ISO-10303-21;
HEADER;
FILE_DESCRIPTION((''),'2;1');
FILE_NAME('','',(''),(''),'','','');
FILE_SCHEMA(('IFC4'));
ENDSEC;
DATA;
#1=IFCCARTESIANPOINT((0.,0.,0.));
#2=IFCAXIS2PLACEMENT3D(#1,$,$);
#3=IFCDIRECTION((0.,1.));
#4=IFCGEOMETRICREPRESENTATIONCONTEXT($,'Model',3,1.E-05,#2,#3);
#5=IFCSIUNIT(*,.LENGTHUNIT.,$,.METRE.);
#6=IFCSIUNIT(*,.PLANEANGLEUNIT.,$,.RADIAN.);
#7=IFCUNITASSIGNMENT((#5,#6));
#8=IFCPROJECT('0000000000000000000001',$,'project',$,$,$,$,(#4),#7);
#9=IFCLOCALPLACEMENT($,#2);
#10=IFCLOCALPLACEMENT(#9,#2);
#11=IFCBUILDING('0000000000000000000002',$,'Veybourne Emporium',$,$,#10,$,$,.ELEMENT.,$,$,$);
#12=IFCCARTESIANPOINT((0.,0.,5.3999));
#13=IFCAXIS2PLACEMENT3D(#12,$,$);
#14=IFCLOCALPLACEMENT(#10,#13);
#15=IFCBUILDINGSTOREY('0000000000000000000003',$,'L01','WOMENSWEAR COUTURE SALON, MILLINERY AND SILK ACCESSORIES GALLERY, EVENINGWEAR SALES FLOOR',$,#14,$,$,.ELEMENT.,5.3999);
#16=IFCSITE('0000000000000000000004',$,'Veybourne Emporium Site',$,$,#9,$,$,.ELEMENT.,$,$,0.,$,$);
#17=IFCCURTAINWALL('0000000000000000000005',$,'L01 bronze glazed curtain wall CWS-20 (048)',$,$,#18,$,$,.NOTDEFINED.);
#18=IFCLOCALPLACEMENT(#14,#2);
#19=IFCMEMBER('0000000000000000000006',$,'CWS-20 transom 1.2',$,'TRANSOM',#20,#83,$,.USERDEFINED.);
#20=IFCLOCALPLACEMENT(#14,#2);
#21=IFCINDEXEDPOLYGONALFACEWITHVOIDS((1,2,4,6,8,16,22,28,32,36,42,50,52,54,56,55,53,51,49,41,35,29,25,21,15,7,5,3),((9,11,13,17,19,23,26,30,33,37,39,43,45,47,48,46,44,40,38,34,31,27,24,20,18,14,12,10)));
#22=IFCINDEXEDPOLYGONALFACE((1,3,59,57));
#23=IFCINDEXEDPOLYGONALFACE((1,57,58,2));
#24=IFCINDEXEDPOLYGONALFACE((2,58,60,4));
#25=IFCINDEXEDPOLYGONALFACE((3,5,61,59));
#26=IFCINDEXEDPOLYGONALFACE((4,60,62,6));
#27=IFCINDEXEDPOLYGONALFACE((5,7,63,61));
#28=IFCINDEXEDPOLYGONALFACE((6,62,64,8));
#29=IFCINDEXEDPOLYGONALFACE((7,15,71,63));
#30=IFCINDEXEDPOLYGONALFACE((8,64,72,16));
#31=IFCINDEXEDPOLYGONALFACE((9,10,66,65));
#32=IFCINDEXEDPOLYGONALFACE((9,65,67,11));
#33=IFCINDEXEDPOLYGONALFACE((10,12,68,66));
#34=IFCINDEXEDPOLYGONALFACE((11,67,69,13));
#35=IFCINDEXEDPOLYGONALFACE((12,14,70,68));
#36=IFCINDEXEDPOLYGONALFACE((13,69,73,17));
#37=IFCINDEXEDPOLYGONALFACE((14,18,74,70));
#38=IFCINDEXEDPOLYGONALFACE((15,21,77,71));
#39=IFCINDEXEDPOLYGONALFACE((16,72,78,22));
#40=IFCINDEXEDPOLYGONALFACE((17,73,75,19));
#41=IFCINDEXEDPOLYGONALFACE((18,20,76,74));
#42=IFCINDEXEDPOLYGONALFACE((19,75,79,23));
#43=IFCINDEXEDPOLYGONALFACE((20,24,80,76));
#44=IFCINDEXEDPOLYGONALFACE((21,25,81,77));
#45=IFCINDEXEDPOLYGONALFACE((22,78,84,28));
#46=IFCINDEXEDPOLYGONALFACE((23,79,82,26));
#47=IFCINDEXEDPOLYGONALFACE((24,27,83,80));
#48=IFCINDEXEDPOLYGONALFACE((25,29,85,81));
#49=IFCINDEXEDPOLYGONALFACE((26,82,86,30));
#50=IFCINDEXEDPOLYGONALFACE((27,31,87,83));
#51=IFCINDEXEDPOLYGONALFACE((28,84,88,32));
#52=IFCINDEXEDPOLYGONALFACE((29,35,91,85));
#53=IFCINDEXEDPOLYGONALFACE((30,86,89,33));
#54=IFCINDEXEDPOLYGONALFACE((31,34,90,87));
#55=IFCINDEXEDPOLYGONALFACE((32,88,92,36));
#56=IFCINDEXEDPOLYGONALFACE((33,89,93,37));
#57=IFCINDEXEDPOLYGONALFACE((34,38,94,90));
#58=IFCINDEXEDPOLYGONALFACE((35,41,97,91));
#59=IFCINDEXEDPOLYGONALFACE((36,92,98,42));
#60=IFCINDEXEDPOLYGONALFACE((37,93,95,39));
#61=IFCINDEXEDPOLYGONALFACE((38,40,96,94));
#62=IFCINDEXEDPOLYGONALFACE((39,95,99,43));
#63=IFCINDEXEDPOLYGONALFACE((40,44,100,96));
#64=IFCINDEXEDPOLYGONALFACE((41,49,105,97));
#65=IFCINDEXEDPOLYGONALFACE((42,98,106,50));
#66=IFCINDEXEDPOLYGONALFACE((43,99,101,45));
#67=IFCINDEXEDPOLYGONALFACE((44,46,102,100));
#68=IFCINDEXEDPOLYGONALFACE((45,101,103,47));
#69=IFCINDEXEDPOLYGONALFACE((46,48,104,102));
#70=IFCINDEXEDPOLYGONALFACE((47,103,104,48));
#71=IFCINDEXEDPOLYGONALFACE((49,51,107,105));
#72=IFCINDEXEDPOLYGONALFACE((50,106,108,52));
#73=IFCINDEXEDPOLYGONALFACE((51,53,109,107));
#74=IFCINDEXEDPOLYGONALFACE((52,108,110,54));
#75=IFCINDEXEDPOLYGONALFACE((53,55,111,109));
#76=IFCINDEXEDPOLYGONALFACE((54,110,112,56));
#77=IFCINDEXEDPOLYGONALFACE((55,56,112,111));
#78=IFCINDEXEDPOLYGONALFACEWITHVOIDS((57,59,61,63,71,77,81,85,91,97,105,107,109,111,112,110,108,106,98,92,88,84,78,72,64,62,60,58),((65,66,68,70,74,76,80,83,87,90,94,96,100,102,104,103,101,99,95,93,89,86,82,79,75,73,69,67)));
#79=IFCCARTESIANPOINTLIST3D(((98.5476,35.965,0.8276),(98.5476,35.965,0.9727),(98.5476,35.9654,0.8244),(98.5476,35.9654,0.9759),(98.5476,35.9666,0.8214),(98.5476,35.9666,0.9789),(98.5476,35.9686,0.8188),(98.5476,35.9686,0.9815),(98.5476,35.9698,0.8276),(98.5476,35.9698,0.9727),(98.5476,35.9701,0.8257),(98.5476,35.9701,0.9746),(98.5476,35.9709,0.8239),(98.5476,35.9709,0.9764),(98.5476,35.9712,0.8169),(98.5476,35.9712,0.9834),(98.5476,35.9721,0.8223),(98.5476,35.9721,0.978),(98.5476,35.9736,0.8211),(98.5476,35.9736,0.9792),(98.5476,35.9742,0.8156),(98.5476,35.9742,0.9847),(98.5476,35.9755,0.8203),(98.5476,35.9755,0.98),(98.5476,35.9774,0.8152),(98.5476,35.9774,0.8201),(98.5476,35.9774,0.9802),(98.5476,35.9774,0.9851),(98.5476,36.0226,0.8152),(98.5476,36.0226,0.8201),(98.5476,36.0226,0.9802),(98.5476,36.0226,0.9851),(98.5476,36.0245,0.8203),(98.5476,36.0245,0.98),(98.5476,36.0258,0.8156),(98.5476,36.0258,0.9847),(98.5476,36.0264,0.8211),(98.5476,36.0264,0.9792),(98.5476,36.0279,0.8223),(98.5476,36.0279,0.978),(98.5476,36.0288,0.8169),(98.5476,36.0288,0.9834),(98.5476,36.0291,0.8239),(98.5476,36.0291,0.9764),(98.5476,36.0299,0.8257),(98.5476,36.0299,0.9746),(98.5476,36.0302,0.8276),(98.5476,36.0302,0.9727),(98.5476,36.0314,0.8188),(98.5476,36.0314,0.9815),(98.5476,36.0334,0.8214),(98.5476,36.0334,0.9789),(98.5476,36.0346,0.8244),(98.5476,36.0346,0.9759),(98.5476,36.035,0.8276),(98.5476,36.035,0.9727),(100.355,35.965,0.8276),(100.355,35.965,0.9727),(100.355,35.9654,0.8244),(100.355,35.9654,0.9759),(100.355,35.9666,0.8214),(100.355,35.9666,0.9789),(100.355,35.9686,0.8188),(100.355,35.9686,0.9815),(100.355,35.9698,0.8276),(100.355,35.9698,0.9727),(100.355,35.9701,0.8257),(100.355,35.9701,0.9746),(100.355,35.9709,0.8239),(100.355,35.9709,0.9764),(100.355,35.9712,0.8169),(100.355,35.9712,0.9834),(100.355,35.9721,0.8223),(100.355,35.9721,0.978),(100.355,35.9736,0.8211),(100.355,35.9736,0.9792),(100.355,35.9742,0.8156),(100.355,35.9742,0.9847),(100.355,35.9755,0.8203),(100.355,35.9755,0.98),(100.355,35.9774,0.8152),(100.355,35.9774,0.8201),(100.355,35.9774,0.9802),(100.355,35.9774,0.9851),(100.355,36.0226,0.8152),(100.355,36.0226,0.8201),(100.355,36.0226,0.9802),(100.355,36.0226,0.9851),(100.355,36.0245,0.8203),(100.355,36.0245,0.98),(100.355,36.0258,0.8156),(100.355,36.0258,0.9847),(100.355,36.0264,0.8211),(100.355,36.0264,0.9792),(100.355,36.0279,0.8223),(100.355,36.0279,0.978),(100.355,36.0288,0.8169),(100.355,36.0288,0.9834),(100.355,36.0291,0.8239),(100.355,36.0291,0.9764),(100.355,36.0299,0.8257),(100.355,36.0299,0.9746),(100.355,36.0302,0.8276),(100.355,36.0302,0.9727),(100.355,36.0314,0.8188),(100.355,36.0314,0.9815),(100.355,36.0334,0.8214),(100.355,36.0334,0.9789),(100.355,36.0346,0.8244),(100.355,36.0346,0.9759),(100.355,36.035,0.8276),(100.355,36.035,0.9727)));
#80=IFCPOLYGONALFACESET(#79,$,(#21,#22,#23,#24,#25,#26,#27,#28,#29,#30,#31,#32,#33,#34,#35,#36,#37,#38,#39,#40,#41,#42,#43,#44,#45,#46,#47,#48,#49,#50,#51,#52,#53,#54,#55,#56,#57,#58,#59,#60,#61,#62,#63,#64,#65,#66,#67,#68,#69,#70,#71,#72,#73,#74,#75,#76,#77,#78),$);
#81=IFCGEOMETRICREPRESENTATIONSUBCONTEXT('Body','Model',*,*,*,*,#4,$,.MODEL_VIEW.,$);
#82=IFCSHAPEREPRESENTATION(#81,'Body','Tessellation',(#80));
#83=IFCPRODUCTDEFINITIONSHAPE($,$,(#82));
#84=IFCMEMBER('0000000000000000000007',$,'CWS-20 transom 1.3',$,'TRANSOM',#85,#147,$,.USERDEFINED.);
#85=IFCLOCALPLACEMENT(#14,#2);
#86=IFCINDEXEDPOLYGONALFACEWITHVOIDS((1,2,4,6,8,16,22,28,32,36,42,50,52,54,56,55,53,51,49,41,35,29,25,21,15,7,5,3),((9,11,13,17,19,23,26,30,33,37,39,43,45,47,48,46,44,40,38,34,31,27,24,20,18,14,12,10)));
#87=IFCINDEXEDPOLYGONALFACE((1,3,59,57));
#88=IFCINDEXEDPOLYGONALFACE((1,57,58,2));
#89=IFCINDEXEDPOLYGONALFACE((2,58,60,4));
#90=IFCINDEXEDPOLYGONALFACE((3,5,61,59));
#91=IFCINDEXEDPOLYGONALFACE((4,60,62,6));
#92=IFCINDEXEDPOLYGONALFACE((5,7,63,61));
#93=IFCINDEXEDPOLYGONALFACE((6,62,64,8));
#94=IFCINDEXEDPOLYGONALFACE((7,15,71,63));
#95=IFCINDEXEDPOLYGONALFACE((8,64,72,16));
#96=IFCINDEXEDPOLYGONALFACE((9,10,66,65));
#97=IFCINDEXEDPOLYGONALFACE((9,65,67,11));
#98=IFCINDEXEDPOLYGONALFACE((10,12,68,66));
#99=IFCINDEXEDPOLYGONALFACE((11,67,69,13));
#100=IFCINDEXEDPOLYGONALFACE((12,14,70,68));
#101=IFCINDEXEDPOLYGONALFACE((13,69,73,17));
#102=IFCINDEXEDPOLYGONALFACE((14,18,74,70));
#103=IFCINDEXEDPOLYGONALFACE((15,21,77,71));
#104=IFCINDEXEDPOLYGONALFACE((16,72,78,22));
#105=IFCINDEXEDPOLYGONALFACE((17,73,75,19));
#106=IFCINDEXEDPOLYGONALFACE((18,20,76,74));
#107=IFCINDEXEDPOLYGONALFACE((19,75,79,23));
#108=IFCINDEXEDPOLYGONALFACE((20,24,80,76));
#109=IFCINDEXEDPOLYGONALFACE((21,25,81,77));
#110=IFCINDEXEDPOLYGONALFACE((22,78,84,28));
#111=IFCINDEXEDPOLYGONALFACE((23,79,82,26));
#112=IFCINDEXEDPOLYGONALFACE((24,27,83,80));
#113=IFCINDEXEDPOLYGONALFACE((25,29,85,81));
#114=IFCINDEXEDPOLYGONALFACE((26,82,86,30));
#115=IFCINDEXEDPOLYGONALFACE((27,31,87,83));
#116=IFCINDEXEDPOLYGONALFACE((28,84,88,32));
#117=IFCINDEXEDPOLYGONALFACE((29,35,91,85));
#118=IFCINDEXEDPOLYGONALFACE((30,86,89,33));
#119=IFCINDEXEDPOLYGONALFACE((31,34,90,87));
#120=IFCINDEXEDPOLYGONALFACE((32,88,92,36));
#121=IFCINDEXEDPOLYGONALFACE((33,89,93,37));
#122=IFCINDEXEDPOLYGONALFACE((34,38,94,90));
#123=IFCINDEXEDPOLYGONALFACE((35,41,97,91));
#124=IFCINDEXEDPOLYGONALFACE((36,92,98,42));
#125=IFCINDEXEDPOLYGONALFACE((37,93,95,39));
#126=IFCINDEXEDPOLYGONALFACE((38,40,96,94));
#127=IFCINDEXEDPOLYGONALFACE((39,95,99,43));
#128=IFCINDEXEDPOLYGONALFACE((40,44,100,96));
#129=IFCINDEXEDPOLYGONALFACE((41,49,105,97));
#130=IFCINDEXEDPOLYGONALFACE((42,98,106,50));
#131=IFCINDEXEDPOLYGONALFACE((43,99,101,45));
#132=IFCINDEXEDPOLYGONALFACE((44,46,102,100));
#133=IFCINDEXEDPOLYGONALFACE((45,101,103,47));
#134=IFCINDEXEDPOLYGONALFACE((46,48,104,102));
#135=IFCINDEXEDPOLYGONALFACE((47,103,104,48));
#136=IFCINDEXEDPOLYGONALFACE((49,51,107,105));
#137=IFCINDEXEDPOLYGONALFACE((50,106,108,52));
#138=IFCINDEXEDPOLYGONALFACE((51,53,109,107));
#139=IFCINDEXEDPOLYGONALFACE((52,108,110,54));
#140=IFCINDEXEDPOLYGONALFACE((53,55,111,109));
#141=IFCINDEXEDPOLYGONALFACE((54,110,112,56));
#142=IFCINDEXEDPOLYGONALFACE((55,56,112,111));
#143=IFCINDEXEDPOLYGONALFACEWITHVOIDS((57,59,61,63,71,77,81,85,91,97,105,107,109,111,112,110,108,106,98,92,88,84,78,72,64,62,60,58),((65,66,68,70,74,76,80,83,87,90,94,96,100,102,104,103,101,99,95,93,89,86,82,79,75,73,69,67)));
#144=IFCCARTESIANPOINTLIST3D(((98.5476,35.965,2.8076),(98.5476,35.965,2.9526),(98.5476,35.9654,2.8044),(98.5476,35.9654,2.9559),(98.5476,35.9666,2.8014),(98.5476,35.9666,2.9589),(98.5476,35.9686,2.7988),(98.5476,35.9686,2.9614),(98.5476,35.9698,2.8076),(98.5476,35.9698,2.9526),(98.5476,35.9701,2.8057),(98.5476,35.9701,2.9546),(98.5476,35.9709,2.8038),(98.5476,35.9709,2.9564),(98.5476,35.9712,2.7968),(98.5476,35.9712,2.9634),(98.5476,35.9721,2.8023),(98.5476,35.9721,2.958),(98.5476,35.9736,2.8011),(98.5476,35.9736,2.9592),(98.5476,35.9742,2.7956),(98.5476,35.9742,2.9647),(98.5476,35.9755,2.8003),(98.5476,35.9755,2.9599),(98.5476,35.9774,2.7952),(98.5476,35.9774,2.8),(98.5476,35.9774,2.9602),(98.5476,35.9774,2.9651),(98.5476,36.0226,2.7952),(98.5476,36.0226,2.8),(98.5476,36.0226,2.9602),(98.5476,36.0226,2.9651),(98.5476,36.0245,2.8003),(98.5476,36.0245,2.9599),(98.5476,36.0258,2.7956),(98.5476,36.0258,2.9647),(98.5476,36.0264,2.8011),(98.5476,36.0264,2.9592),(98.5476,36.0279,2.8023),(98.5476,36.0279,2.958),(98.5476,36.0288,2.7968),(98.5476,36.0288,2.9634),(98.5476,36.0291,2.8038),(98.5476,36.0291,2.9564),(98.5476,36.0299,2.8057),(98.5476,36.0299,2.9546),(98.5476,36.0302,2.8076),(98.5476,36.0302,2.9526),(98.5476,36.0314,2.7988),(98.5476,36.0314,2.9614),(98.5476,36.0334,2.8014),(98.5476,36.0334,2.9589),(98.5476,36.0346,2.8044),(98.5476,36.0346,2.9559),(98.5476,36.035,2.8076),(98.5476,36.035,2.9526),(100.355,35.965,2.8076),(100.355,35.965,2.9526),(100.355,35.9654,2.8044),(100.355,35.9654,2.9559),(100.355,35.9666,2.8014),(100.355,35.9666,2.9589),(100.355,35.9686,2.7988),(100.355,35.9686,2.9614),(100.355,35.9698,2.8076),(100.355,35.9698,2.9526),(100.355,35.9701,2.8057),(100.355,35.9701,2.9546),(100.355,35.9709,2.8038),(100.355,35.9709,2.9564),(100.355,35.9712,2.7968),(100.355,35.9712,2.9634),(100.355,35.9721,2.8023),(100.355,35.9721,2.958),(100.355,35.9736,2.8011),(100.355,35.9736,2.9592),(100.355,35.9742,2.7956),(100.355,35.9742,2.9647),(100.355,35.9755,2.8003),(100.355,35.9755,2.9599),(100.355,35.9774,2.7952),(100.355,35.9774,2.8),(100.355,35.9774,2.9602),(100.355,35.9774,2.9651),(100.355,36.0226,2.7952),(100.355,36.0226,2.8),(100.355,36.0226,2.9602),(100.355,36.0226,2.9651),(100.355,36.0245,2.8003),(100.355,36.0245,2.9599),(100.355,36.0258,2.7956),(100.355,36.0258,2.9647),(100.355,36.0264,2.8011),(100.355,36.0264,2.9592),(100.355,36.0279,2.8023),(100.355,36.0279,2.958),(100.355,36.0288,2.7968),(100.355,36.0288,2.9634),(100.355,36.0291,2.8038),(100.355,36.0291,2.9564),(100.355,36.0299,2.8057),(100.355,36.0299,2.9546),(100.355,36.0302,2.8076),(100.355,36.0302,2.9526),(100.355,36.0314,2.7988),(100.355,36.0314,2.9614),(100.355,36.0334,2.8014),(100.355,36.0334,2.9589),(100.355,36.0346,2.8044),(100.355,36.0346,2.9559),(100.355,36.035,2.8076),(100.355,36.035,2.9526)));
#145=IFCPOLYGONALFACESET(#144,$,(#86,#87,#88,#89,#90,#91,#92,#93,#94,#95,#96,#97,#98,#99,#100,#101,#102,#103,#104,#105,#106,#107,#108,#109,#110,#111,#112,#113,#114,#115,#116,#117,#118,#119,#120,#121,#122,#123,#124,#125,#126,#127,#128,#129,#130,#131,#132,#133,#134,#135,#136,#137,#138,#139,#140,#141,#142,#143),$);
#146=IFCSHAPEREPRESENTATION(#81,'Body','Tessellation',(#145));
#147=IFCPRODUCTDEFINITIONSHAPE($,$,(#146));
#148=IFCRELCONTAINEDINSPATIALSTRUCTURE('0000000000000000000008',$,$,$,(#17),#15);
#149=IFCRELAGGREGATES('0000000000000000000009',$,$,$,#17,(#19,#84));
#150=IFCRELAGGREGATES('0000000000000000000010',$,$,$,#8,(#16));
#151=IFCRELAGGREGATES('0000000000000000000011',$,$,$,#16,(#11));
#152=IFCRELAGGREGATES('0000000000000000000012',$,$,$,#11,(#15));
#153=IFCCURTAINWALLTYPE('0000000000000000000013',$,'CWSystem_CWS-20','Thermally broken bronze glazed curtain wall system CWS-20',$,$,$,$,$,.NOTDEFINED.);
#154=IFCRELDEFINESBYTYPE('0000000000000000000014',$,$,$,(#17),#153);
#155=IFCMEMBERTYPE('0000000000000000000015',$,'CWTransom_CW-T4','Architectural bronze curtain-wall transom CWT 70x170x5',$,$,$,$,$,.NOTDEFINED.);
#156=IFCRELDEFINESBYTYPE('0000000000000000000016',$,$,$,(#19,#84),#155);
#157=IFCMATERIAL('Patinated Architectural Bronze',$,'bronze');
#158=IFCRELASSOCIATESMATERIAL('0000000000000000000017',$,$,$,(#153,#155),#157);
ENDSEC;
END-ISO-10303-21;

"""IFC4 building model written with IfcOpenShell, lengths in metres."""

from ifc_helpers import new_model, si_unit, direction, frame, origin, origin_2d, place, context, subcontext, project, spatial, hollow_rectangle, extrude, material, material_profile, profile_set, type_object, element, aggregate, save


model = new_model("IFC4")

# Units and contexts
model_context = context("Model", 3, precision=1e-05, world=origin(), true_north=direction((0.0, 1.0)))
body_context = subcontext(model_context, "Body", "Model", "MODEL_VIEW")
ifc_project = project(units=[si_unit("LENGTHUNIT", "METRE"), si_unit("PLANEANGLEUNIT", "RADIAN")], contexts=[model_context])

# Site, building, storey
site_placement = place(None, origin())
site = spatial("IfcSite", under=ifc_project, at=site_placement, Name="Veybourne Emporium Site", CompositionType="ELEMENT", RefElevation=0.0)
building_placement = place(site_placement, origin())
building = spatial("IfcBuilding", under=site, at=building_placement, Name="Veybourne Emporium", CompositionType="ELEMENT")
storey_placement = place(building_placement, frame((0.0, 0.0, 5.3999)))
storey = spatial("IfcBuildingStorey", under=building, at=storey_placement, Name="L01", Description="WOMENSWEAR COUTURE SALON, MILLINERY AND SILK ACCESSORIES GALLERY, EVENINGWEAR SALES FLOOR", CompositionType="ELEMENT", Elevation=5.3999)

# Curtain wall, members
ifc_material_1 = material(Name="Patinated Architectural Bronze", Category="bronze")
curtain_wall_type = type_object("IfcCurtainWallType", Name="CWSystem_CWS-20", Description="Thermally broken bronze glazed curtain wall system CWS-20", PredefinedType="NOTDEFINED", material=ifc_material_1)
curtain_wall_placement = place(storey_placement, origin())
curtain_wall = element("IfcCurtainWall", 1, at=curtain_wall_placement, inside=storey, type_object=curtain_wall_type, Name="L01 bronze glazed curtain wall CWS-20 (048)", PredefinedType="NOTDEFINED")
ifc_material_profile_1 = material_profile(ifc_material_1, hollow_rectangle(XDim=0.0701, YDim=0.1699, WallThickness=0.0049, InnerFilletRadius=0.0076, OuterFilletRadius=0.0125, at=origin_2d()), Name="CWT 70x170x5")
ifc_profile_set_1 = profile_set([ifc_material_profile_1], Name="Patinated Architectural Bronze")
member_type_1 = type_object("IfcMemberType", Name="CWTransom_CW-T4", Description="Architectural bronze curtain-wall transom CWT 70x170x5", PredefinedType="NOTDEFINED", material=ifc_profile_set_1)
member_1_placement = place(storey_placement, frame((100.355, 36.0, 0.9001), z_axis=(-1.0, 0.0, 0.0), x_axis=(0.0, -1.0, 0.0)))
member_1 = element("IfcMember", 2, at=member_1_placement, type_object=member_type_1, Name="CWS-20 transom 1.2", ObjectType="TRANSOM", PredefinedType="USERDEFINED", context=body_context, shape_type="SweptSolid", body=[
    extrude(hollow_rectangle(XDim=0.0701, YDim=0.1699, WallThickness=0.0049, InnerFilletRadius=0.0076, OuterFilletRadius=0.0125, at=origin_2d()), origin(), (0.0, 0.0, 1.0), 1.8074),
])
member_2_placement = place(storey_placement, frame((100.355, 36.0, 2.8801), z_axis=(-1.0, 0.0, 0.0), x_axis=(0.0, -1.0, 0.0)))
member_2 = element("IfcMember", 3, at=member_2_placement, type_object=member_type_1, Name="CWS-20 transom 1.3", ObjectType="TRANSOM", PredefinedType="USERDEFINED", context=body_context, shape_type="SweptSolid", body=[
    extrude(hollow_rectangle(XDim=0.0701, YDim=0.1699, WallThickness=0.0049, InnerFilletRadius=0.0076, OuterFilletRadius=0.0125, at=origin_2d()), origin(), (0.0, 0.0, 1.0), 1.8074),
])

aggregate(curtain_wall, [member_1, member_2])

save(model, "model.ifc")
